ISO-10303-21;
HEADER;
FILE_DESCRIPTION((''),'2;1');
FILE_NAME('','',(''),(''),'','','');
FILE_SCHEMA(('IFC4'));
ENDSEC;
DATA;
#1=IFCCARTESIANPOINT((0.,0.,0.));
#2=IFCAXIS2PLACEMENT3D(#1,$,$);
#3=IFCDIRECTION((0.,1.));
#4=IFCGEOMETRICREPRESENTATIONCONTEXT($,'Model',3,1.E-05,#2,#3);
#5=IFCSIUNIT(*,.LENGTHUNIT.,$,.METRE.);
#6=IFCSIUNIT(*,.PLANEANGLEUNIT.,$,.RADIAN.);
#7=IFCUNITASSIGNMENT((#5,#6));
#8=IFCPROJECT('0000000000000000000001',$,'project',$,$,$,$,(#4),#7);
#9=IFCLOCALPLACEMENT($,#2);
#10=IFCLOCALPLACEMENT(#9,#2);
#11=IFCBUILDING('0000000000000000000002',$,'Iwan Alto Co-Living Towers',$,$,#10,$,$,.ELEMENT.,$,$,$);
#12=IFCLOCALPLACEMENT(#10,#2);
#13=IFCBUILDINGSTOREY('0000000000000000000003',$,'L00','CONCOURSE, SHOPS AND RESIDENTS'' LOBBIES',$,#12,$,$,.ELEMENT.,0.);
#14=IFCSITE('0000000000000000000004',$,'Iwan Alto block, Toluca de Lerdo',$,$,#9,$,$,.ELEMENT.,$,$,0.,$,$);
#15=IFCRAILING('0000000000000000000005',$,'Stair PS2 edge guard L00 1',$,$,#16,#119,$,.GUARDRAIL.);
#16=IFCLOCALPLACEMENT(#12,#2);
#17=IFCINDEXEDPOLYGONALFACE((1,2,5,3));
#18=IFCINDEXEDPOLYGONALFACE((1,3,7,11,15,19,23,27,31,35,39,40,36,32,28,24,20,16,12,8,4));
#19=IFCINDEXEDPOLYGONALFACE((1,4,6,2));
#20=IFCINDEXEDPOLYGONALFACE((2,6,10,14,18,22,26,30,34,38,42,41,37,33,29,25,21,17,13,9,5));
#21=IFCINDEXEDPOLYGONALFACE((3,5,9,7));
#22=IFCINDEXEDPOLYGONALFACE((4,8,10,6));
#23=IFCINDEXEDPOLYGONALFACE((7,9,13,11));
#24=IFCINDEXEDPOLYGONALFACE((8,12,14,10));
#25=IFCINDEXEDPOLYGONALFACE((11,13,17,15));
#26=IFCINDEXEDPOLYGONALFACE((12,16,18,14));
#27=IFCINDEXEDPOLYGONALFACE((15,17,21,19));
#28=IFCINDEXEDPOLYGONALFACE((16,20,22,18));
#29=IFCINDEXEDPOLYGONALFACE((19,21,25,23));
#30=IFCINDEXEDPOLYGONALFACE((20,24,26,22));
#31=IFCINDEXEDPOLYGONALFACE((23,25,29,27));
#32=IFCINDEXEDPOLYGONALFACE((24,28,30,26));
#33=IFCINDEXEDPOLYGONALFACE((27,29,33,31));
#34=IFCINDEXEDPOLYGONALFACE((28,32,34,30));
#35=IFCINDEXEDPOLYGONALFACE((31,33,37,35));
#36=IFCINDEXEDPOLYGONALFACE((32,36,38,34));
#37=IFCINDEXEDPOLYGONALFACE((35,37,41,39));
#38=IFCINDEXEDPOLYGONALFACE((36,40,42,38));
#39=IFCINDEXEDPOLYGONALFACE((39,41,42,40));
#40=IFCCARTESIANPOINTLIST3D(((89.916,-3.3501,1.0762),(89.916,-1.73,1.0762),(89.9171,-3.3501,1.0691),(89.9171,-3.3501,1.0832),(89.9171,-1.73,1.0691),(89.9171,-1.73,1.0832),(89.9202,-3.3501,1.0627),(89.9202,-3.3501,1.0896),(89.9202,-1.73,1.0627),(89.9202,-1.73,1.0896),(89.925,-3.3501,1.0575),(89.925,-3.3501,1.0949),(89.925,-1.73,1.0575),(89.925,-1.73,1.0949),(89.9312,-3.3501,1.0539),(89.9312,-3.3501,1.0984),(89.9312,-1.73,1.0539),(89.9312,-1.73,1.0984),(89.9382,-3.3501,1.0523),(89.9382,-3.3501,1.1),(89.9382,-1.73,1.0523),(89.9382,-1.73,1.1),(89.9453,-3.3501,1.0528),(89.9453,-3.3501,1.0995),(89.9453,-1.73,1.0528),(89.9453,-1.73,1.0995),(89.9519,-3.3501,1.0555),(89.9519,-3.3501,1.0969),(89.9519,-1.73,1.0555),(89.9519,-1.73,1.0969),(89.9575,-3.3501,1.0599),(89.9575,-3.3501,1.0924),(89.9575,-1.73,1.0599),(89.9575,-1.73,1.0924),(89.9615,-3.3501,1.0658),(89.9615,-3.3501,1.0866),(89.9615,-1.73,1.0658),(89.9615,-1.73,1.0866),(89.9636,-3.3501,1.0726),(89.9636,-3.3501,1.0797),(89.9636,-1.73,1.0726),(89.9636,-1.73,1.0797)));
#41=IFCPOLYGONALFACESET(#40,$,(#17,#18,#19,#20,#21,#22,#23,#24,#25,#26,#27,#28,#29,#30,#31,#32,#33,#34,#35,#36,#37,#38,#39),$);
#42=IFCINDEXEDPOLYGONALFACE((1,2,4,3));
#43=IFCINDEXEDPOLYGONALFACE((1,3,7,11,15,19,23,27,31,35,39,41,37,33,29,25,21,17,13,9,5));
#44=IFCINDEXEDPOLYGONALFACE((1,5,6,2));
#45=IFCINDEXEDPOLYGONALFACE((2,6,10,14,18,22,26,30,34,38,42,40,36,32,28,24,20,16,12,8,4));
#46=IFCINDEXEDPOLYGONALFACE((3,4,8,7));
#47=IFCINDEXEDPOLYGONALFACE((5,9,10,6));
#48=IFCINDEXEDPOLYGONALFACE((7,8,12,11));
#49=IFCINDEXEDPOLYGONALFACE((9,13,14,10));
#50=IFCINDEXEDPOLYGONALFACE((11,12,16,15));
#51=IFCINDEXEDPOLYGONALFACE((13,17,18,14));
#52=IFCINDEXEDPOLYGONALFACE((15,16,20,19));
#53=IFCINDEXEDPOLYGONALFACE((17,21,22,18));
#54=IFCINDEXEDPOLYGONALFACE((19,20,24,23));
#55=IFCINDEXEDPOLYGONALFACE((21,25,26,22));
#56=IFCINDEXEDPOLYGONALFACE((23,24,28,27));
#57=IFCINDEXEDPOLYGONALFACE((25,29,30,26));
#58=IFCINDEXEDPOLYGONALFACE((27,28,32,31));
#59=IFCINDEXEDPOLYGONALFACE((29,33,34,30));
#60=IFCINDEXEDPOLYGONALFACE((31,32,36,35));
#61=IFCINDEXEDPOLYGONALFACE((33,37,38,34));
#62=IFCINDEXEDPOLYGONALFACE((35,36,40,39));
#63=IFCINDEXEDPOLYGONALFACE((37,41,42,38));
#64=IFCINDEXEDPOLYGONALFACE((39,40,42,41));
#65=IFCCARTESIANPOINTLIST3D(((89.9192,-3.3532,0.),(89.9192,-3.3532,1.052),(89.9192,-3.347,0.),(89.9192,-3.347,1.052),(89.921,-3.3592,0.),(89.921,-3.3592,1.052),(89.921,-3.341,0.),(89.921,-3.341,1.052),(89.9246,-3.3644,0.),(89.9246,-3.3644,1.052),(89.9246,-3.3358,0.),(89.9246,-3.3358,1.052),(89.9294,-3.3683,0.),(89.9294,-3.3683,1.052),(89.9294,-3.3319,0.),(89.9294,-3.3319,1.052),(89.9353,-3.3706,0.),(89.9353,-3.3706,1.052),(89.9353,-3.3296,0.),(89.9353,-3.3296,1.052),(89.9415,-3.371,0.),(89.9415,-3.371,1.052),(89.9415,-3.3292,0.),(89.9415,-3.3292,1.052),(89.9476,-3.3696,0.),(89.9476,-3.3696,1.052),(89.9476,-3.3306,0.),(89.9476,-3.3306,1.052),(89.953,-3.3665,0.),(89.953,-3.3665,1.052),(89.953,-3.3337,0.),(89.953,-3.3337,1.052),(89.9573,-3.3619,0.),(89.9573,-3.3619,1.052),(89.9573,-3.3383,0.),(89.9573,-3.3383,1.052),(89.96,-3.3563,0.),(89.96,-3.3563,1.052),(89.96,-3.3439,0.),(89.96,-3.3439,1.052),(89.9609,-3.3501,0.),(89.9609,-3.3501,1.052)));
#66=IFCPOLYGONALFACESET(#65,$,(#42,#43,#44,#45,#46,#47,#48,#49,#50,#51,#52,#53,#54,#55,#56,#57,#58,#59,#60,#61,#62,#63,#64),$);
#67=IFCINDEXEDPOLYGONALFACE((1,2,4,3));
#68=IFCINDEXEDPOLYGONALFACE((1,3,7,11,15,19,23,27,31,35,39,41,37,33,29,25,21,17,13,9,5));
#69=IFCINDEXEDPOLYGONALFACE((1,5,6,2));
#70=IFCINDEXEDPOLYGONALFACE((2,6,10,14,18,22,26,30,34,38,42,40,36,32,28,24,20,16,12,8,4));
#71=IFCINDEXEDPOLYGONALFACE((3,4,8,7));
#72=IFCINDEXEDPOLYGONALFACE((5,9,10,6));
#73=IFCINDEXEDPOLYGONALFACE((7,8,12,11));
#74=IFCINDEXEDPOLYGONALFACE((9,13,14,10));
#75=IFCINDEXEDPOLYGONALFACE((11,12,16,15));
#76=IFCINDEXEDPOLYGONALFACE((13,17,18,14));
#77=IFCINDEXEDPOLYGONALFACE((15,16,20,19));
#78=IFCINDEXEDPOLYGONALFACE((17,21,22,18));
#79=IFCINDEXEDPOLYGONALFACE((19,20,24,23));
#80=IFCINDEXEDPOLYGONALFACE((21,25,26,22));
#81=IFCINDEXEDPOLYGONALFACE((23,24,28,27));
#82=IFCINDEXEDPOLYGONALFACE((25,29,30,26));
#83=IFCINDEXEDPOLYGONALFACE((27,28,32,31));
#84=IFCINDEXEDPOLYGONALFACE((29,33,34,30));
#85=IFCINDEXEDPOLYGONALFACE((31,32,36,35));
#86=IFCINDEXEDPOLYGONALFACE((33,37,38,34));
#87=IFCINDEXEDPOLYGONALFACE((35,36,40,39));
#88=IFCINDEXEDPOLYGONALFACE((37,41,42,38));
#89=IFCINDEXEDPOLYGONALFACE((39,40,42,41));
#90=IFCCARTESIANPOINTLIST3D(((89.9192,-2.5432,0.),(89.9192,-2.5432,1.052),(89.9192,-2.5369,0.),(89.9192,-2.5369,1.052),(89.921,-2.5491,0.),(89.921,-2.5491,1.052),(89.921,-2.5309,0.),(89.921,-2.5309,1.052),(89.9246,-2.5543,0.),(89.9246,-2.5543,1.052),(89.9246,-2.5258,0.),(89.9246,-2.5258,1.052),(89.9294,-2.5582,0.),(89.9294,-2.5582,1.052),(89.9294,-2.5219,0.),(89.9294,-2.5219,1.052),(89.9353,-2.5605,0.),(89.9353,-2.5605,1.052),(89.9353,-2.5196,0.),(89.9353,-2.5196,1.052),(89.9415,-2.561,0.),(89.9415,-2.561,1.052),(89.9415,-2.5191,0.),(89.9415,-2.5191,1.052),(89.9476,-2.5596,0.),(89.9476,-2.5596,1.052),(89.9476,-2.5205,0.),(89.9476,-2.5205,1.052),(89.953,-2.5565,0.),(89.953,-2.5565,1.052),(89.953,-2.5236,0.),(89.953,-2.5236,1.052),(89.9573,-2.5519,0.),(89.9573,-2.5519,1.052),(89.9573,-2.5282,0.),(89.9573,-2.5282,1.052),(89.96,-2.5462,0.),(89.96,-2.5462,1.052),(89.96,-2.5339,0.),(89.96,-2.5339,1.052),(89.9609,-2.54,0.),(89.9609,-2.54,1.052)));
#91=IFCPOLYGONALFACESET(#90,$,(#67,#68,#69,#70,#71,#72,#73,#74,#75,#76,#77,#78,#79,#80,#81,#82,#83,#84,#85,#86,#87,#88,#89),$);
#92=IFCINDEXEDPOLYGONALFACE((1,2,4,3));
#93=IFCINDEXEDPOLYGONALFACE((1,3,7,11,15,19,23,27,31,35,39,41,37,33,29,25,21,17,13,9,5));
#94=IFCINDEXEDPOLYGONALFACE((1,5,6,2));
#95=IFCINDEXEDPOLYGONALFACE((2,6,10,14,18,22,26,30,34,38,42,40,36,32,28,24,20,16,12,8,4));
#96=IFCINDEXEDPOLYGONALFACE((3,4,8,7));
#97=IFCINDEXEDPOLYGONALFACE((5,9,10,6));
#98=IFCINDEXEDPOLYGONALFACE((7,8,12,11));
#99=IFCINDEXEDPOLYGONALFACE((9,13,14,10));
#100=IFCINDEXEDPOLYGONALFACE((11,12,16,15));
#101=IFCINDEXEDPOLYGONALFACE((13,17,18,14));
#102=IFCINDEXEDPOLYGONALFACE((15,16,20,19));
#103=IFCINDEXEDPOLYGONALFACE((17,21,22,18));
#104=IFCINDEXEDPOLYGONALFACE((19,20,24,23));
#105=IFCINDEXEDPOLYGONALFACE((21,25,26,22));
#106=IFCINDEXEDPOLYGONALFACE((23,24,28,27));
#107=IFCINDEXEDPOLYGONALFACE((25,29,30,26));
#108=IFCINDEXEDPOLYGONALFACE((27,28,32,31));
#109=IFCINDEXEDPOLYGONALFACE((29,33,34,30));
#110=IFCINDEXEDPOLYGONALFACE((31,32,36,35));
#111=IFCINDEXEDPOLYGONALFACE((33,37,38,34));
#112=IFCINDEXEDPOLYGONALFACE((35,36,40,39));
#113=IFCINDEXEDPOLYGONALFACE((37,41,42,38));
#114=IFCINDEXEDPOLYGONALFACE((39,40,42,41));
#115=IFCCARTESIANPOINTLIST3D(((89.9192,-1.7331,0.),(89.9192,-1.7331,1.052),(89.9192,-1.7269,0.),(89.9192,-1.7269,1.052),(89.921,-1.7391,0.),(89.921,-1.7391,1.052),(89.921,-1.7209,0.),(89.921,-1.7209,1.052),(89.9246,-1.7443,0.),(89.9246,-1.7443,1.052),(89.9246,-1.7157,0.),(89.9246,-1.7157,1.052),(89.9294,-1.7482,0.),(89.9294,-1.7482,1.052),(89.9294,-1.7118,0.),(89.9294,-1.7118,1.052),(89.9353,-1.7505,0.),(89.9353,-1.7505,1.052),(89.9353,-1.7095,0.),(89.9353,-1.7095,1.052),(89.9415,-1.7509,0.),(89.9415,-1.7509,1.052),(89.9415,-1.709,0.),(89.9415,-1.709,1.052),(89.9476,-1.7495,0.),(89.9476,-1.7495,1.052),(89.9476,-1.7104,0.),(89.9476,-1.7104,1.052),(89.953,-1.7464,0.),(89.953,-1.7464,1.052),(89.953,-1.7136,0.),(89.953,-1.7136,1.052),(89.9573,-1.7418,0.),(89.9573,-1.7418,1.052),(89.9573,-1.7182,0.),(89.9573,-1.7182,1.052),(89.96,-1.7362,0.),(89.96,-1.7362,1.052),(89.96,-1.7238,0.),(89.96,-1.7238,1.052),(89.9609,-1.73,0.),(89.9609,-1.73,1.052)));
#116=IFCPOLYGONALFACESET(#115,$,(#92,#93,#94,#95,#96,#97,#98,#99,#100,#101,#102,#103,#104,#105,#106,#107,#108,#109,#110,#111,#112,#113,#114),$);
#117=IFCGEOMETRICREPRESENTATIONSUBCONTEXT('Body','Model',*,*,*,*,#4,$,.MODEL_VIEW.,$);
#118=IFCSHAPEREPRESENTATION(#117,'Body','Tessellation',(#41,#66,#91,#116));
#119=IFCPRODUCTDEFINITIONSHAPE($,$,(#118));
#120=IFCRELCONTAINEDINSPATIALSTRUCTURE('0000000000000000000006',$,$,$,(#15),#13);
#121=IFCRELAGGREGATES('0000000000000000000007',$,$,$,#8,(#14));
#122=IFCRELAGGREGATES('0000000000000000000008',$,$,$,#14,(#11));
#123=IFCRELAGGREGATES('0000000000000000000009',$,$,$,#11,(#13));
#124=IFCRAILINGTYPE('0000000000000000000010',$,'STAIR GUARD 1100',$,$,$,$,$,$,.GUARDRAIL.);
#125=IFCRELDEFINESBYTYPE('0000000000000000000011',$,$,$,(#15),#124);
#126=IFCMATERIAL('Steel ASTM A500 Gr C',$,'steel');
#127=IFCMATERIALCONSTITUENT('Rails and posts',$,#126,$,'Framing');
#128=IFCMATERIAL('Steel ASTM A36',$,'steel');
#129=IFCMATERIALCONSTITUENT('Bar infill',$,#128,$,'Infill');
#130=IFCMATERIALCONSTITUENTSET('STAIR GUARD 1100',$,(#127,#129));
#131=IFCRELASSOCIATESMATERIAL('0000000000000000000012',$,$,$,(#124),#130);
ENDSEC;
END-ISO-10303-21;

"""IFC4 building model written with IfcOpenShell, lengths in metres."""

from ifc_helpers import new_model, si_unit, direction, frame, origin, origin_2d, place, context, subcontext, project, spatial, circle, extrude, material, constituent, constituent_set, type_object, element, save


model = new_model("IFC4")

# Units and contexts
model_context = context("Model", 3, precision=1e-05, world=origin(), true_north=direction((0.0, 1.0)))
body_context = subcontext(model_context, "Body", "Model", "MODEL_VIEW")
ifc_project = project(units=[si_unit("LENGTHUNIT", "METRE"), si_unit("PLANEANGLEUNIT", "RADIAN")], contexts=[model_context])

# Site, building, storey
site_placement = place(None, origin())
site = spatial("IfcSite", under=ifc_project, at=site_placement, Name="Iwan Alto block, Toluca de Lerdo", CompositionType="ELEMENT", RefElevation=0.0)
building_placement = place(site_placement, origin())
building = spatial("IfcBuilding", under=site, at=building_placement, Name="Iwan Alto Co-Living Towers", CompositionType="ELEMENT")
storey_placement = place(building_placement, origin())
storey = spatial("IfcBuildingStorey", under=building, at=storey_placement, Name="L00", Description="CONCOURSE, SHOPS AND RESIDENTS' LOBBIES", CompositionType="ELEMENT", Elevation=0.0)

# Shared definitions
ifc_material_1 = material(Name="Steel ASTM A36", Category="steel")

# Railing
ifc_material_2 = material(Name="Steel ASTM A500 Gr C", Category="steel")
ifc_constituent_1 = constituent(ifc_material_2, Name="Rails and posts", Category="Framing")
ifc_constituent_2 = constituent(ifc_material_1, Name="Bar infill", Category="Infill")
ifc_constituent_set_1 = constituent_set(constituents=[ifc_constituent_1, ifc_constituent_2], Name="STAIR GUARD 1100")
railing_type_1 = type_object("IfcRailingType", Name="STAIR GUARD 1100", PredefinedType="GUARDRAIL", material=ifc_constituent_set_1)
for number, where, name in (
    (1, (89.9399, -3.3501, 0.0), "Stair PS2 edge guard L00 1"),
):
    element("IfcRailing", number, at=place(storey_placement, frame(where)), inside=storey, type_object=railing_type_1, Name=name, PredefinedType="GUARDRAIL", context=body_context, shape_type="SweptSolid", body=[
        extrude(circle(Radius=0.0239, at=origin_2d()), frame((0.0, 0.0, 1.0762), z_axis=(0.0, 1.0, 0.0), x_axis=(-1.0, 0.0, 0.0)), (0.0, 0.0, 1.0), 1.6201),
        extrude(circle(Radius=0.021, at=origin_2d()), origin(), (0.0, 0.0, 1.0), 1.052),
        extrude(circle(Radius=0.021, at=origin_2d()), frame((0.0, 0.8101, 0.0)), (0.0, 0.0, 1.0), 1.052),
        extrude(circle(Radius=0.021, at=origin_2d()), frame((0.0, 1.6201, 0.0)), (0.0, 0.0, 1.0), 1.052),
    ])

save(model, "model.ifc")
